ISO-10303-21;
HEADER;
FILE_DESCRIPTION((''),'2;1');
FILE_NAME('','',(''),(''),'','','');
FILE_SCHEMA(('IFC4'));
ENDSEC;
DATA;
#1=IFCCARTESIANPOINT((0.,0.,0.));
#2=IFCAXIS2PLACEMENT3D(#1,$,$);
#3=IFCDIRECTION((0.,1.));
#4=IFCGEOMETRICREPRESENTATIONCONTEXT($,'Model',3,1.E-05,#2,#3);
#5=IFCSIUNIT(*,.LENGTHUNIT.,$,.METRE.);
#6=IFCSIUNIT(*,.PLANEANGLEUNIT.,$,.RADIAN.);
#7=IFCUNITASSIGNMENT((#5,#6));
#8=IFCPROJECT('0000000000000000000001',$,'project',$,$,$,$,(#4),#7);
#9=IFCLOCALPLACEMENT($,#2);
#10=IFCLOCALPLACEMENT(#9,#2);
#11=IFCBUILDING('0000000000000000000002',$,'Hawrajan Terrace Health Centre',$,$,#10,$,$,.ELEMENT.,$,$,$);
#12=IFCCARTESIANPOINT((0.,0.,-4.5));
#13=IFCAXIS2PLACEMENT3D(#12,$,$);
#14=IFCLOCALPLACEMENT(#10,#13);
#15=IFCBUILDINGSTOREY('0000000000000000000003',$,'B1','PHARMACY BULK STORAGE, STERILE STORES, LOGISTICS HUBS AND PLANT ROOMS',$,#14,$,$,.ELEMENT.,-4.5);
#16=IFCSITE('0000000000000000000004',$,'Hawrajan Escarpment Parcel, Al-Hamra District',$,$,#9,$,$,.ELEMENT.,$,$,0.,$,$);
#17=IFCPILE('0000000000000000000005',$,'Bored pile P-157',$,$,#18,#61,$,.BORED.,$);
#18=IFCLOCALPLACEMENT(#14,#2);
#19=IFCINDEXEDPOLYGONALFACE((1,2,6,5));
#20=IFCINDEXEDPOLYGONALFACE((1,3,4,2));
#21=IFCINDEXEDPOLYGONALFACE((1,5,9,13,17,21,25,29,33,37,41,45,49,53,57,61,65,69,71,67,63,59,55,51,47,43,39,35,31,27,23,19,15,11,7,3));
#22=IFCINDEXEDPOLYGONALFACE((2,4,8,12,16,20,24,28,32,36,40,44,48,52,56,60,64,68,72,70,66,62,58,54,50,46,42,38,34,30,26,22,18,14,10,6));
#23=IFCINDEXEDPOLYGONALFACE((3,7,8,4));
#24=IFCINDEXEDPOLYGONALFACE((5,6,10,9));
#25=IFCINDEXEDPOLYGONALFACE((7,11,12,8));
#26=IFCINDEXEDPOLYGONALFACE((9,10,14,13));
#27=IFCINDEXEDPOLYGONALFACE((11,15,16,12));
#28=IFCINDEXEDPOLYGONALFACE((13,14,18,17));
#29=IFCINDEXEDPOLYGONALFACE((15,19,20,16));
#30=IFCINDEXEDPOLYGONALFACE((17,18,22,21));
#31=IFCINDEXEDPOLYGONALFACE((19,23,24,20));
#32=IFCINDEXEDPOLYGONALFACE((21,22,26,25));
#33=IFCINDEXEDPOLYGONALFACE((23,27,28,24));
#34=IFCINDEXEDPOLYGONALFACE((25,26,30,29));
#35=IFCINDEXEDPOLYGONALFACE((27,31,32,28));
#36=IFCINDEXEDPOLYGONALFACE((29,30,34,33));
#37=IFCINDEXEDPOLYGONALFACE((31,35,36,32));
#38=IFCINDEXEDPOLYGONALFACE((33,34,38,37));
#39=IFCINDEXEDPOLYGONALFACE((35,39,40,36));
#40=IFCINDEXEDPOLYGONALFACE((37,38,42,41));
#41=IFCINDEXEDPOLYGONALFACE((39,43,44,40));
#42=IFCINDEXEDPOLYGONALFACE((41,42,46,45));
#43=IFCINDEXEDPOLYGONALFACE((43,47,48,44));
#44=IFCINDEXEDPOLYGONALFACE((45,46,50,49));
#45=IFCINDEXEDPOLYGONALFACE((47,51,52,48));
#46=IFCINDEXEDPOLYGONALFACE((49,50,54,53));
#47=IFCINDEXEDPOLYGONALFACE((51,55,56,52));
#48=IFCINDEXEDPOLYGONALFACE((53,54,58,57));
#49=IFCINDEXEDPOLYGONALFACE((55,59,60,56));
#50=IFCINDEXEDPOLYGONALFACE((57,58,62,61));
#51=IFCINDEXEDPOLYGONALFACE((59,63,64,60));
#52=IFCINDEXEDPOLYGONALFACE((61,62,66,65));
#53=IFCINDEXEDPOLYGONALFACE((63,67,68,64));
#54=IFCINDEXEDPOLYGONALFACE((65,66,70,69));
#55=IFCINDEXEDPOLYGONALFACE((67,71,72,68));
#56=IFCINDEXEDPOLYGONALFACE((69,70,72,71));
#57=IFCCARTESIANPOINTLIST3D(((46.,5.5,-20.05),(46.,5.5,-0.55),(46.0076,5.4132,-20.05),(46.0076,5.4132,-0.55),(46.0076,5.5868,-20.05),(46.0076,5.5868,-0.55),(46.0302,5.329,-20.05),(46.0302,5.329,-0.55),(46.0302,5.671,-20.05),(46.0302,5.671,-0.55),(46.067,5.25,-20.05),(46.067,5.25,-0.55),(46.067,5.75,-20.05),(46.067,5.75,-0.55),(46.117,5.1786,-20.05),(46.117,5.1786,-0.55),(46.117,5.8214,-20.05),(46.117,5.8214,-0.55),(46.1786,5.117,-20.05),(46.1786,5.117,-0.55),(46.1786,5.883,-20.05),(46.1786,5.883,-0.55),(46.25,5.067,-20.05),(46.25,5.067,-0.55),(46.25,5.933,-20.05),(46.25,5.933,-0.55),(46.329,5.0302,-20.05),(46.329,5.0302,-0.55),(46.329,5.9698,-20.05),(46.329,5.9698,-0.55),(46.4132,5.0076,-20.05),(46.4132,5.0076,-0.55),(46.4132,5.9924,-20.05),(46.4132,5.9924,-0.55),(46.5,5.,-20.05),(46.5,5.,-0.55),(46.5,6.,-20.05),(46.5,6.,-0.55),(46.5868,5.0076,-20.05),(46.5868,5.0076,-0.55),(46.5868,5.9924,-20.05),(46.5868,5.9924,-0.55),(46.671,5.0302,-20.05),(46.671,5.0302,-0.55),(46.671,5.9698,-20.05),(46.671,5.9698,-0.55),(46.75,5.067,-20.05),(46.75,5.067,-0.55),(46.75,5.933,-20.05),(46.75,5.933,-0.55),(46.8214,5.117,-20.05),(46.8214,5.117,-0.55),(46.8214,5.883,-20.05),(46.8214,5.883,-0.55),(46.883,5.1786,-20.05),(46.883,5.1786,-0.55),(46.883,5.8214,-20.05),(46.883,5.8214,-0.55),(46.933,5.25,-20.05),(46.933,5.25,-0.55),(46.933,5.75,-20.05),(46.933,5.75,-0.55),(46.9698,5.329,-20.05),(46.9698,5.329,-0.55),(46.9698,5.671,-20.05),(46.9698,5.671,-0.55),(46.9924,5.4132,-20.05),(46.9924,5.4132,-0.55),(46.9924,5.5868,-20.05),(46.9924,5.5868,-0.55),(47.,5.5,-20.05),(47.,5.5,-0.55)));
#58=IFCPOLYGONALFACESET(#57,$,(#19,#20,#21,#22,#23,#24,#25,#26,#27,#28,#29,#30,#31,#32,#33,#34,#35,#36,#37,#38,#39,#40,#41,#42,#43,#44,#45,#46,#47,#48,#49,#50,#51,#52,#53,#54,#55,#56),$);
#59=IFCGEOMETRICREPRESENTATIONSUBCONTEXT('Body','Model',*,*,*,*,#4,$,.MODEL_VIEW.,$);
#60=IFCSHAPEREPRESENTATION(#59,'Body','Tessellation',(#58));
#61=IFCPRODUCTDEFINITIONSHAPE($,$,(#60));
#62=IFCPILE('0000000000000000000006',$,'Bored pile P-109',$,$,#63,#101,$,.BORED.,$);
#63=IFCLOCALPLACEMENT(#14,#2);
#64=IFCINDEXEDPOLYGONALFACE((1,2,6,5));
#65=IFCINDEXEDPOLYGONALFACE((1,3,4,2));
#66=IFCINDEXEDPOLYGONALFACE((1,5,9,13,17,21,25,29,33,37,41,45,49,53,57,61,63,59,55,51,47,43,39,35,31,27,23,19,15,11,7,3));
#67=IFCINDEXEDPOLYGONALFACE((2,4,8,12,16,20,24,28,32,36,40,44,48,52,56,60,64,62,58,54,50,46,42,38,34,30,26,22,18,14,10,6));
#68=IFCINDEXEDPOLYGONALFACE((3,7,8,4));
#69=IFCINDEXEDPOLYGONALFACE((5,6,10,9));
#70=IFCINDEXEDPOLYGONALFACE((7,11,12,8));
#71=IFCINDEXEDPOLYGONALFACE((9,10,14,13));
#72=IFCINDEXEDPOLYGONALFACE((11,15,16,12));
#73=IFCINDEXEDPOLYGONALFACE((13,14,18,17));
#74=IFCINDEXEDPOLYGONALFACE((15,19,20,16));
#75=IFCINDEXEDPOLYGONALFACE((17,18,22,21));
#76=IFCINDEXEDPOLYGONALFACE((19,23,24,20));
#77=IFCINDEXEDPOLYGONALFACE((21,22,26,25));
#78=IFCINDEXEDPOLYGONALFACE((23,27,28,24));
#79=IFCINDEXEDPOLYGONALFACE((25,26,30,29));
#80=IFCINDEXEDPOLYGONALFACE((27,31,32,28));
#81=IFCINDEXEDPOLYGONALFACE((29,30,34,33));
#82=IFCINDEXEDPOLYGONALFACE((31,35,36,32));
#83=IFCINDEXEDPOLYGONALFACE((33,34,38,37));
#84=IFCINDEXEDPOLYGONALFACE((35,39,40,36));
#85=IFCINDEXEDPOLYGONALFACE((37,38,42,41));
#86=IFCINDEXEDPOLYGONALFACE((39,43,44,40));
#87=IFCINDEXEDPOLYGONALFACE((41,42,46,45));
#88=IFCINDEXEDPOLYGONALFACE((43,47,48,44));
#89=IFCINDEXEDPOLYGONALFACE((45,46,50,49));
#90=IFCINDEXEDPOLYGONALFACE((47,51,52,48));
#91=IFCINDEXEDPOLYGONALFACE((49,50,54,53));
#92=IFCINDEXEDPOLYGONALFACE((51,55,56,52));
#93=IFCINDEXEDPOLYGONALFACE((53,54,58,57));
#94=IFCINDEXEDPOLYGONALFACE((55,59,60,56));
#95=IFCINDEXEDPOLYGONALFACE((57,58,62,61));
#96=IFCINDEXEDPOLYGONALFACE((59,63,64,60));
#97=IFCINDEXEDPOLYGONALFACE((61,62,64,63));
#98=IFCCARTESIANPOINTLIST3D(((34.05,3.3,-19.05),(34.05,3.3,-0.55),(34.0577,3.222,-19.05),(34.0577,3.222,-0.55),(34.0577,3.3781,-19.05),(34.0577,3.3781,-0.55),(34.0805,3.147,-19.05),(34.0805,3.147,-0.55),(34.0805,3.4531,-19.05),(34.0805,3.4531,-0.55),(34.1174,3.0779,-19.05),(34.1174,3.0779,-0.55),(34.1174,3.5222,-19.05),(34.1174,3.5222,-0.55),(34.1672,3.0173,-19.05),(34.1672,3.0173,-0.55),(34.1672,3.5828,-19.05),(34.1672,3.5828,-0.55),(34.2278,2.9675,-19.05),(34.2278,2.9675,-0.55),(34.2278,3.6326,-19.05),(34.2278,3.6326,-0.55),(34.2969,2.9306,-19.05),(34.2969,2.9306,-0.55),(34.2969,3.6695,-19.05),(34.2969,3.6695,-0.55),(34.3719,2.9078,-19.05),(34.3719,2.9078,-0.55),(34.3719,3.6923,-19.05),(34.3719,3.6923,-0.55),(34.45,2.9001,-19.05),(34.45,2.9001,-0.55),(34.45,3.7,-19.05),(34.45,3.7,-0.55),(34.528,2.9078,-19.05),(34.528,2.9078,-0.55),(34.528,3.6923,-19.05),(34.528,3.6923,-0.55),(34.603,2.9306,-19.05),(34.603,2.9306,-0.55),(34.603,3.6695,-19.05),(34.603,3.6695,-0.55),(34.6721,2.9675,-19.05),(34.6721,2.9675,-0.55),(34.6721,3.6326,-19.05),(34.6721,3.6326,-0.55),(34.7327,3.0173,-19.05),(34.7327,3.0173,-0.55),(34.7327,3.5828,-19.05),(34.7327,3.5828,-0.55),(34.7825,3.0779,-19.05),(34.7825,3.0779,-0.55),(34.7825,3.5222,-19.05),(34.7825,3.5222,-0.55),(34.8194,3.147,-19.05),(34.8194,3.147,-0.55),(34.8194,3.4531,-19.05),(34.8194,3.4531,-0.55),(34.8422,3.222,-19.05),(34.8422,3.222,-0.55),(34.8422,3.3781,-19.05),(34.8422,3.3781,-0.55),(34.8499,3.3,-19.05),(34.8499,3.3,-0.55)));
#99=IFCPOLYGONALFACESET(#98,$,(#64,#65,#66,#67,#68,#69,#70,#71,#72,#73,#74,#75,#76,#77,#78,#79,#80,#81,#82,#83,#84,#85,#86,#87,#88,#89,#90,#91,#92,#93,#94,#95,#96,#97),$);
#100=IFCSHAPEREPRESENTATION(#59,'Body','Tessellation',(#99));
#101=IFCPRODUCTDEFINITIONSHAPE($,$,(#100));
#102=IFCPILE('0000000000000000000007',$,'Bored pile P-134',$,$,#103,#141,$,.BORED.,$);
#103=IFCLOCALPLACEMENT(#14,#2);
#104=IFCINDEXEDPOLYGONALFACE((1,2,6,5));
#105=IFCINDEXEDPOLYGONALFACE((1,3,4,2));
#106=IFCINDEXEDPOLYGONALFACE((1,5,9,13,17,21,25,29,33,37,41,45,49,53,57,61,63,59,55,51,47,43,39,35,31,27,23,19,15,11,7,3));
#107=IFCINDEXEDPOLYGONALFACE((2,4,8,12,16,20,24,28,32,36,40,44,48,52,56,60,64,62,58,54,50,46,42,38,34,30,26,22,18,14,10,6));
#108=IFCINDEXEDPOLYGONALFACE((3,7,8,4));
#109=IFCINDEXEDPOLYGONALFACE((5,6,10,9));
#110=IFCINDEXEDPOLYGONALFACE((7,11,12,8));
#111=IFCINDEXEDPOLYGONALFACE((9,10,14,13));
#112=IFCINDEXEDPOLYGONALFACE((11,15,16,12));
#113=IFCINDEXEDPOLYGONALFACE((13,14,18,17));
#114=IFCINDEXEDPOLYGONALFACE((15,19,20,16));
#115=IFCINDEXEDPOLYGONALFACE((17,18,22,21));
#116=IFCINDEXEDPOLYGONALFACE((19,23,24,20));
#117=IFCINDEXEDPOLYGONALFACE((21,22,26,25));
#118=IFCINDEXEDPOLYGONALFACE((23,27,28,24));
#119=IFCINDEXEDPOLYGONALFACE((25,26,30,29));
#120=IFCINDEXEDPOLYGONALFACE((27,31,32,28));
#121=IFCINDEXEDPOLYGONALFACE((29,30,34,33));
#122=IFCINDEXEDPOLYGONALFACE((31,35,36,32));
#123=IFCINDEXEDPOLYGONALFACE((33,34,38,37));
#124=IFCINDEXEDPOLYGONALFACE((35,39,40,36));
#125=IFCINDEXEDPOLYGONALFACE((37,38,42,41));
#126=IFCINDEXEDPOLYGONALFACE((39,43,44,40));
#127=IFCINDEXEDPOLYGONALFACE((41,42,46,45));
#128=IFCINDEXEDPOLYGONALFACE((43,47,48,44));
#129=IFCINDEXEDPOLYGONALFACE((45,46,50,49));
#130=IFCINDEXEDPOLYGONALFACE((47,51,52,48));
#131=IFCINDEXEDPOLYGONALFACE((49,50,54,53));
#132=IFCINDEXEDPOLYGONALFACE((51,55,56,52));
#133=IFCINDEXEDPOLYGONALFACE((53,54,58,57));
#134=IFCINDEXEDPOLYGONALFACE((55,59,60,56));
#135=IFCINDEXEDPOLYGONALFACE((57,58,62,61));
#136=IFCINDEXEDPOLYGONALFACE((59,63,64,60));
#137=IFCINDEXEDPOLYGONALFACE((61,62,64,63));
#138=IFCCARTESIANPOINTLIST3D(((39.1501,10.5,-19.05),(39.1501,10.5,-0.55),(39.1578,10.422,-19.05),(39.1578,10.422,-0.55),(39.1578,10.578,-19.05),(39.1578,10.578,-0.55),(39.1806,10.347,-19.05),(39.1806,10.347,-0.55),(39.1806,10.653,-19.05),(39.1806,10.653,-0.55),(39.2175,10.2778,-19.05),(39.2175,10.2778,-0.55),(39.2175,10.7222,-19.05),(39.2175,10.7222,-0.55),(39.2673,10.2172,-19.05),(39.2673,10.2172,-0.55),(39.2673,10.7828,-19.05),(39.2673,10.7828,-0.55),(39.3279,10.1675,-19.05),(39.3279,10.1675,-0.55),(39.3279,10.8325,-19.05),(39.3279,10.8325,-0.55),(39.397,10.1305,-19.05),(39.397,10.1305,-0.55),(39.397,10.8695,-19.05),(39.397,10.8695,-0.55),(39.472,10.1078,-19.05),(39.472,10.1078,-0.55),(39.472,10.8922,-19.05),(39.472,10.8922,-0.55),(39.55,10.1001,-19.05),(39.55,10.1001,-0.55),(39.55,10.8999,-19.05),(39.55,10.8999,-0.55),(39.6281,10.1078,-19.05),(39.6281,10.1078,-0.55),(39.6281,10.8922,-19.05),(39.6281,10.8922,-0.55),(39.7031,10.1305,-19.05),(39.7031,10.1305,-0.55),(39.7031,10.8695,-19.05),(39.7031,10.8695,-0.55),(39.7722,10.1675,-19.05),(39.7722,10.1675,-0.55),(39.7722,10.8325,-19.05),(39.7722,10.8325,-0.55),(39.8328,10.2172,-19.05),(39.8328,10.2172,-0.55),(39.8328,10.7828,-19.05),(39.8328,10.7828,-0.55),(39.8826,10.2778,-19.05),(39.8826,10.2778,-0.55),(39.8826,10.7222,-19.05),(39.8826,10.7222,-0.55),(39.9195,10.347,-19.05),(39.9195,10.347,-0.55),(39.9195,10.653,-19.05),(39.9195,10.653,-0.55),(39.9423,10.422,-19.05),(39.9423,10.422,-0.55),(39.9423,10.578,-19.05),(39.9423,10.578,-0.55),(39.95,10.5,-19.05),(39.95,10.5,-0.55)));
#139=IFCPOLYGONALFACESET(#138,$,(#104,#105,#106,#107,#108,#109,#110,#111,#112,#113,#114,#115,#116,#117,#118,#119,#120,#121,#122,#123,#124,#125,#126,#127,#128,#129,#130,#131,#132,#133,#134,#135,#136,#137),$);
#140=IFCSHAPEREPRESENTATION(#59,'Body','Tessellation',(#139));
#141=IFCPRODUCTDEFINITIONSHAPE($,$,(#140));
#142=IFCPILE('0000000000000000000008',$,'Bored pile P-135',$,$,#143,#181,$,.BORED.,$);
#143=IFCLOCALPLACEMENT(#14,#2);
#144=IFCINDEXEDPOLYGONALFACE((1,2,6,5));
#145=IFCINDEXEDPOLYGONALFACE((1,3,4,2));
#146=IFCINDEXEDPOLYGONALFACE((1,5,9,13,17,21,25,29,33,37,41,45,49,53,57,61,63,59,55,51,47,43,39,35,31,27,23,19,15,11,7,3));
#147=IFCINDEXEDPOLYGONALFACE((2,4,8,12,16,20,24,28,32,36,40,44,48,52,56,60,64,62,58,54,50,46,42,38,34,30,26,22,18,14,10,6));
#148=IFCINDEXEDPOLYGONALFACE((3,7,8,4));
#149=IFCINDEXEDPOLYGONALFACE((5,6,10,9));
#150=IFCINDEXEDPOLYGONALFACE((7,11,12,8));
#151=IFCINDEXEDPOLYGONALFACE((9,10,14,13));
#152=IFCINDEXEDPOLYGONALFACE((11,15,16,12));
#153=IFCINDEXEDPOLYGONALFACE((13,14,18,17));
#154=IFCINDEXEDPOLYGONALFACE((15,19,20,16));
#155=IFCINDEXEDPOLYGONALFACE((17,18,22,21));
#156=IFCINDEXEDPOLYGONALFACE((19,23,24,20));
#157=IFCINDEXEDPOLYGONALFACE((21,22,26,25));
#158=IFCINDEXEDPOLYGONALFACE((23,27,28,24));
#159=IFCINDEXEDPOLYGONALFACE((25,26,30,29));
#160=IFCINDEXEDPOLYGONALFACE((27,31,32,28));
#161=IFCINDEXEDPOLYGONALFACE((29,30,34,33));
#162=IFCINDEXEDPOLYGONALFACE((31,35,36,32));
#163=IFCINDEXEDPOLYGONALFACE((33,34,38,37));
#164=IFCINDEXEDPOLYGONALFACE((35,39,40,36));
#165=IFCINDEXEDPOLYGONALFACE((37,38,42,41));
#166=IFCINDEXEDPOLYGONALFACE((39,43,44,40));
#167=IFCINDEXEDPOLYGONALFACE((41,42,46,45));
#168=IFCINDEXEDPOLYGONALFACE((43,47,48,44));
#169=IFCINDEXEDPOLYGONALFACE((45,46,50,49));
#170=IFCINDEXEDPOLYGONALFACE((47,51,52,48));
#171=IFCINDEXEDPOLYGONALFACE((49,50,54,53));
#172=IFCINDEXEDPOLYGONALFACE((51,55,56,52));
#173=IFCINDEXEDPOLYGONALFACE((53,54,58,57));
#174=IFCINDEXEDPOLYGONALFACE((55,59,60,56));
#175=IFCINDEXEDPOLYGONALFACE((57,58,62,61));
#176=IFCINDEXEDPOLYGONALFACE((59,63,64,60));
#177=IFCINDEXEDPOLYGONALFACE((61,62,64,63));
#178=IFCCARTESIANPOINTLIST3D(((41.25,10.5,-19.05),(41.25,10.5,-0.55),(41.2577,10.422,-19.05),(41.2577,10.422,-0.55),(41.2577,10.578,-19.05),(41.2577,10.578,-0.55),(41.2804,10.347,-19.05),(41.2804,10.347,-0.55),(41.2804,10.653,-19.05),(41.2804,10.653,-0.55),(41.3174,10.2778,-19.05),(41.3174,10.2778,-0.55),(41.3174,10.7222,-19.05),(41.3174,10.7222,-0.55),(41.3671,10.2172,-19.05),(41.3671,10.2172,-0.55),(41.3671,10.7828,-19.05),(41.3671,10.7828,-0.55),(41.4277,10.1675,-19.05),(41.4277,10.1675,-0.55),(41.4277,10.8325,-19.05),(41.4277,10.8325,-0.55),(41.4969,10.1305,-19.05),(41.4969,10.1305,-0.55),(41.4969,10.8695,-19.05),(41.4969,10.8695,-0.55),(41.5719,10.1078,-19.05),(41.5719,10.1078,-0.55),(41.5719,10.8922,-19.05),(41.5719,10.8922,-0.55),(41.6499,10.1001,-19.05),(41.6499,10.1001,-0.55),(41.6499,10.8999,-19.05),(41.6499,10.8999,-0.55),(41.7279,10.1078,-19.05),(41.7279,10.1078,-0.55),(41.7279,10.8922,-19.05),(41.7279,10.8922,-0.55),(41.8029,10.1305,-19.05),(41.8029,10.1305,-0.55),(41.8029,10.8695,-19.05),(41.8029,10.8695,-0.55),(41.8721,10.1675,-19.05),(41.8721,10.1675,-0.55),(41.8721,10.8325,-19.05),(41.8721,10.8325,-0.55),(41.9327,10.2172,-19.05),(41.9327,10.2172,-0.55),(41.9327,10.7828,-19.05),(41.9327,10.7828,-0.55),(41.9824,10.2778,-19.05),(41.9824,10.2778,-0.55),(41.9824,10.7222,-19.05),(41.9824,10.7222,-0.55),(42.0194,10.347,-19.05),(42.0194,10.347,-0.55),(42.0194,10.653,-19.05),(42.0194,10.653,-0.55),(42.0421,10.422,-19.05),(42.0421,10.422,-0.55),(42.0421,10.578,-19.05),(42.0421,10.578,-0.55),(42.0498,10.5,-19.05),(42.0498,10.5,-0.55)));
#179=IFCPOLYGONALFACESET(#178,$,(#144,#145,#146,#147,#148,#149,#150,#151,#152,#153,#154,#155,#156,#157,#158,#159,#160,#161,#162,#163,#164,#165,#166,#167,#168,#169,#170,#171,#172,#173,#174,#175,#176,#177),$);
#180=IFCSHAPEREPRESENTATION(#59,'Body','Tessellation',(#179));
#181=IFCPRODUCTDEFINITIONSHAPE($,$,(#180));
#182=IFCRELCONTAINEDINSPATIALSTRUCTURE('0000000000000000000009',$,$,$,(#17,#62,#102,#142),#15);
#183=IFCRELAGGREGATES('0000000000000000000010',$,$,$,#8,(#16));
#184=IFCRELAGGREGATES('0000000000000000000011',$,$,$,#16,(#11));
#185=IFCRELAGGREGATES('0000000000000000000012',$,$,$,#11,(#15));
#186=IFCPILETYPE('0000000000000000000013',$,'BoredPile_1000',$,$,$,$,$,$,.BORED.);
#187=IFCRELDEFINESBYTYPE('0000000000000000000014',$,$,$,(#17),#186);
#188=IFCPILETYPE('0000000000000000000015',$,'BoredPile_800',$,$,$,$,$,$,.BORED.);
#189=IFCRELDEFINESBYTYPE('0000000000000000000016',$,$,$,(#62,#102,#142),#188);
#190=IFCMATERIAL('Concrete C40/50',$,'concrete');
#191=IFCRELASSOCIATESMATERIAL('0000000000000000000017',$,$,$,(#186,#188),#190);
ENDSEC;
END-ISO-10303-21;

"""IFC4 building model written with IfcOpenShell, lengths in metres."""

from ifc_helpers import new_model, si_unit, direction, frame, origin, origin_2d, place, context, subcontext, project, spatial, circle, extrude, material, material_profile, profile_set, type_object, element, save


model = new_model("IFC4")

# Units and contexts
model_context = context("Model", 3, precision=1e-05, world=origin(), true_north=direction((0.0, 1.0)))
body_context = subcontext(model_context, "Body", "Model", "MODEL_VIEW")
ifc_project = project(units=[si_unit("LENGTHUNIT", "METRE"), si_unit("PLANEANGLEUNIT", "RADIAN")], contexts=[model_context])

# Site, building, storey
site_placement = place(None, origin())
site = spatial("IfcSite", under=ifc_project, at=site_placement, Name="Hawrajan Escarpment Parcel, Al-Hamra District", CompositionType="ELEMENT", RefElevation=0.0)
building_placement = place(site_placement, origin())
building = spatial("IfcBuilding", under=site, at=building_placement, Name="Hawrajan Terrace Health Centre", CompositionType="ELEMENT")
storey_placement = place(building_placement, frame((0.0, 0.0, -4.5)))
storey = spatial("IfcBuildingStorey", under=building, at=storey_placement, Name="B1", Description="PHARMACY BULK STORAGE, STERILE STORES, LOGISTICS HUBS AND PLANT ROOMS", CompositionType="ELEMENT", Elevation=-4.5)

# Piles
ifc_material_1 = material(Name="Concrete C40/50", Category="concrete")
ifc_material_profile_1 = material_profile(ifc_material_1, circle(Radius=0.5, at=origin_2d()), Name="BP 1000")
ifc_profile_set_1 = profile_set([ifc_material_profile_1], Name="Concrete C40/50")
pile_type_1 = type_object("IfcPileType", Name="BoredPile_1000", PredefinedType="BORED", material=ifc_profile_set_1)
for number, where, z_axis, x_axis, name in (
    (1, (46.5, 5.5, -0.55), (0.0, 0.0, -1.0), (1.0, 0.0, 0.0), "Bored pile P-157"),
):
    element("IfcPile", number, at=place(storey_placement, frame(where, z_axis=z_axis, x_axis=x_axis)), inside=storey, type_object=pile_type_1, Name=name, PredefinedType="BORED", context=body_context, shape_type="SweptSolid", body=[
        extrude(circle(Radius=0.5, at=origin_2d()), origin(), (0.0, 0.0, 1.0), 19.5),
    ])
ifc_material_profile_2 = material_profile(ifc_material_1, circle(Radius=0.3999, at=origin_2d()), Name="BP 800")
ifc_profile_set_2 = profile_set([ifc_material_profile_2], Name="Concrete C40/50")
pile_type_2 = type_object("IfcPileType", Name="BoredPile_800", PredefinedType="BORED", material=ifc_profile_set_2)
for number, where, z_axis, x_axis, name in (
    (2, (34.45, 3.3, -0.55), (0.0, 0.0, -1.0), (1.0, 0.0, 0.0), "Bored pile P-109"),
    (3, (39.55, 10.5, -0.55), (0.0, 0.0, -1.0), (1.0, 0.0, 0.0), "Bored pile P-134"),
    (4, (41.6499, 10.5, -0.55), (0.0, 0.0, -1.0), (1.0, 0.0, 0.0), "Bored pile P-135"),
):
    element("IfcPile", number, at=place(storey_placement, frame(where, z_axis=z_axis, x_axis=x_axis)), inside=storey, type_object=pile_type_2, Name=name, PredefinedType="BORED", context=body_context, shape_type="SweptSolid", body=[
        extrude(circle(Radius=0.3999, at=origin_2d()), origin(), (0.0, 0.0, 1.0), 18.5),
    ])

save(model, "model.ifc")
